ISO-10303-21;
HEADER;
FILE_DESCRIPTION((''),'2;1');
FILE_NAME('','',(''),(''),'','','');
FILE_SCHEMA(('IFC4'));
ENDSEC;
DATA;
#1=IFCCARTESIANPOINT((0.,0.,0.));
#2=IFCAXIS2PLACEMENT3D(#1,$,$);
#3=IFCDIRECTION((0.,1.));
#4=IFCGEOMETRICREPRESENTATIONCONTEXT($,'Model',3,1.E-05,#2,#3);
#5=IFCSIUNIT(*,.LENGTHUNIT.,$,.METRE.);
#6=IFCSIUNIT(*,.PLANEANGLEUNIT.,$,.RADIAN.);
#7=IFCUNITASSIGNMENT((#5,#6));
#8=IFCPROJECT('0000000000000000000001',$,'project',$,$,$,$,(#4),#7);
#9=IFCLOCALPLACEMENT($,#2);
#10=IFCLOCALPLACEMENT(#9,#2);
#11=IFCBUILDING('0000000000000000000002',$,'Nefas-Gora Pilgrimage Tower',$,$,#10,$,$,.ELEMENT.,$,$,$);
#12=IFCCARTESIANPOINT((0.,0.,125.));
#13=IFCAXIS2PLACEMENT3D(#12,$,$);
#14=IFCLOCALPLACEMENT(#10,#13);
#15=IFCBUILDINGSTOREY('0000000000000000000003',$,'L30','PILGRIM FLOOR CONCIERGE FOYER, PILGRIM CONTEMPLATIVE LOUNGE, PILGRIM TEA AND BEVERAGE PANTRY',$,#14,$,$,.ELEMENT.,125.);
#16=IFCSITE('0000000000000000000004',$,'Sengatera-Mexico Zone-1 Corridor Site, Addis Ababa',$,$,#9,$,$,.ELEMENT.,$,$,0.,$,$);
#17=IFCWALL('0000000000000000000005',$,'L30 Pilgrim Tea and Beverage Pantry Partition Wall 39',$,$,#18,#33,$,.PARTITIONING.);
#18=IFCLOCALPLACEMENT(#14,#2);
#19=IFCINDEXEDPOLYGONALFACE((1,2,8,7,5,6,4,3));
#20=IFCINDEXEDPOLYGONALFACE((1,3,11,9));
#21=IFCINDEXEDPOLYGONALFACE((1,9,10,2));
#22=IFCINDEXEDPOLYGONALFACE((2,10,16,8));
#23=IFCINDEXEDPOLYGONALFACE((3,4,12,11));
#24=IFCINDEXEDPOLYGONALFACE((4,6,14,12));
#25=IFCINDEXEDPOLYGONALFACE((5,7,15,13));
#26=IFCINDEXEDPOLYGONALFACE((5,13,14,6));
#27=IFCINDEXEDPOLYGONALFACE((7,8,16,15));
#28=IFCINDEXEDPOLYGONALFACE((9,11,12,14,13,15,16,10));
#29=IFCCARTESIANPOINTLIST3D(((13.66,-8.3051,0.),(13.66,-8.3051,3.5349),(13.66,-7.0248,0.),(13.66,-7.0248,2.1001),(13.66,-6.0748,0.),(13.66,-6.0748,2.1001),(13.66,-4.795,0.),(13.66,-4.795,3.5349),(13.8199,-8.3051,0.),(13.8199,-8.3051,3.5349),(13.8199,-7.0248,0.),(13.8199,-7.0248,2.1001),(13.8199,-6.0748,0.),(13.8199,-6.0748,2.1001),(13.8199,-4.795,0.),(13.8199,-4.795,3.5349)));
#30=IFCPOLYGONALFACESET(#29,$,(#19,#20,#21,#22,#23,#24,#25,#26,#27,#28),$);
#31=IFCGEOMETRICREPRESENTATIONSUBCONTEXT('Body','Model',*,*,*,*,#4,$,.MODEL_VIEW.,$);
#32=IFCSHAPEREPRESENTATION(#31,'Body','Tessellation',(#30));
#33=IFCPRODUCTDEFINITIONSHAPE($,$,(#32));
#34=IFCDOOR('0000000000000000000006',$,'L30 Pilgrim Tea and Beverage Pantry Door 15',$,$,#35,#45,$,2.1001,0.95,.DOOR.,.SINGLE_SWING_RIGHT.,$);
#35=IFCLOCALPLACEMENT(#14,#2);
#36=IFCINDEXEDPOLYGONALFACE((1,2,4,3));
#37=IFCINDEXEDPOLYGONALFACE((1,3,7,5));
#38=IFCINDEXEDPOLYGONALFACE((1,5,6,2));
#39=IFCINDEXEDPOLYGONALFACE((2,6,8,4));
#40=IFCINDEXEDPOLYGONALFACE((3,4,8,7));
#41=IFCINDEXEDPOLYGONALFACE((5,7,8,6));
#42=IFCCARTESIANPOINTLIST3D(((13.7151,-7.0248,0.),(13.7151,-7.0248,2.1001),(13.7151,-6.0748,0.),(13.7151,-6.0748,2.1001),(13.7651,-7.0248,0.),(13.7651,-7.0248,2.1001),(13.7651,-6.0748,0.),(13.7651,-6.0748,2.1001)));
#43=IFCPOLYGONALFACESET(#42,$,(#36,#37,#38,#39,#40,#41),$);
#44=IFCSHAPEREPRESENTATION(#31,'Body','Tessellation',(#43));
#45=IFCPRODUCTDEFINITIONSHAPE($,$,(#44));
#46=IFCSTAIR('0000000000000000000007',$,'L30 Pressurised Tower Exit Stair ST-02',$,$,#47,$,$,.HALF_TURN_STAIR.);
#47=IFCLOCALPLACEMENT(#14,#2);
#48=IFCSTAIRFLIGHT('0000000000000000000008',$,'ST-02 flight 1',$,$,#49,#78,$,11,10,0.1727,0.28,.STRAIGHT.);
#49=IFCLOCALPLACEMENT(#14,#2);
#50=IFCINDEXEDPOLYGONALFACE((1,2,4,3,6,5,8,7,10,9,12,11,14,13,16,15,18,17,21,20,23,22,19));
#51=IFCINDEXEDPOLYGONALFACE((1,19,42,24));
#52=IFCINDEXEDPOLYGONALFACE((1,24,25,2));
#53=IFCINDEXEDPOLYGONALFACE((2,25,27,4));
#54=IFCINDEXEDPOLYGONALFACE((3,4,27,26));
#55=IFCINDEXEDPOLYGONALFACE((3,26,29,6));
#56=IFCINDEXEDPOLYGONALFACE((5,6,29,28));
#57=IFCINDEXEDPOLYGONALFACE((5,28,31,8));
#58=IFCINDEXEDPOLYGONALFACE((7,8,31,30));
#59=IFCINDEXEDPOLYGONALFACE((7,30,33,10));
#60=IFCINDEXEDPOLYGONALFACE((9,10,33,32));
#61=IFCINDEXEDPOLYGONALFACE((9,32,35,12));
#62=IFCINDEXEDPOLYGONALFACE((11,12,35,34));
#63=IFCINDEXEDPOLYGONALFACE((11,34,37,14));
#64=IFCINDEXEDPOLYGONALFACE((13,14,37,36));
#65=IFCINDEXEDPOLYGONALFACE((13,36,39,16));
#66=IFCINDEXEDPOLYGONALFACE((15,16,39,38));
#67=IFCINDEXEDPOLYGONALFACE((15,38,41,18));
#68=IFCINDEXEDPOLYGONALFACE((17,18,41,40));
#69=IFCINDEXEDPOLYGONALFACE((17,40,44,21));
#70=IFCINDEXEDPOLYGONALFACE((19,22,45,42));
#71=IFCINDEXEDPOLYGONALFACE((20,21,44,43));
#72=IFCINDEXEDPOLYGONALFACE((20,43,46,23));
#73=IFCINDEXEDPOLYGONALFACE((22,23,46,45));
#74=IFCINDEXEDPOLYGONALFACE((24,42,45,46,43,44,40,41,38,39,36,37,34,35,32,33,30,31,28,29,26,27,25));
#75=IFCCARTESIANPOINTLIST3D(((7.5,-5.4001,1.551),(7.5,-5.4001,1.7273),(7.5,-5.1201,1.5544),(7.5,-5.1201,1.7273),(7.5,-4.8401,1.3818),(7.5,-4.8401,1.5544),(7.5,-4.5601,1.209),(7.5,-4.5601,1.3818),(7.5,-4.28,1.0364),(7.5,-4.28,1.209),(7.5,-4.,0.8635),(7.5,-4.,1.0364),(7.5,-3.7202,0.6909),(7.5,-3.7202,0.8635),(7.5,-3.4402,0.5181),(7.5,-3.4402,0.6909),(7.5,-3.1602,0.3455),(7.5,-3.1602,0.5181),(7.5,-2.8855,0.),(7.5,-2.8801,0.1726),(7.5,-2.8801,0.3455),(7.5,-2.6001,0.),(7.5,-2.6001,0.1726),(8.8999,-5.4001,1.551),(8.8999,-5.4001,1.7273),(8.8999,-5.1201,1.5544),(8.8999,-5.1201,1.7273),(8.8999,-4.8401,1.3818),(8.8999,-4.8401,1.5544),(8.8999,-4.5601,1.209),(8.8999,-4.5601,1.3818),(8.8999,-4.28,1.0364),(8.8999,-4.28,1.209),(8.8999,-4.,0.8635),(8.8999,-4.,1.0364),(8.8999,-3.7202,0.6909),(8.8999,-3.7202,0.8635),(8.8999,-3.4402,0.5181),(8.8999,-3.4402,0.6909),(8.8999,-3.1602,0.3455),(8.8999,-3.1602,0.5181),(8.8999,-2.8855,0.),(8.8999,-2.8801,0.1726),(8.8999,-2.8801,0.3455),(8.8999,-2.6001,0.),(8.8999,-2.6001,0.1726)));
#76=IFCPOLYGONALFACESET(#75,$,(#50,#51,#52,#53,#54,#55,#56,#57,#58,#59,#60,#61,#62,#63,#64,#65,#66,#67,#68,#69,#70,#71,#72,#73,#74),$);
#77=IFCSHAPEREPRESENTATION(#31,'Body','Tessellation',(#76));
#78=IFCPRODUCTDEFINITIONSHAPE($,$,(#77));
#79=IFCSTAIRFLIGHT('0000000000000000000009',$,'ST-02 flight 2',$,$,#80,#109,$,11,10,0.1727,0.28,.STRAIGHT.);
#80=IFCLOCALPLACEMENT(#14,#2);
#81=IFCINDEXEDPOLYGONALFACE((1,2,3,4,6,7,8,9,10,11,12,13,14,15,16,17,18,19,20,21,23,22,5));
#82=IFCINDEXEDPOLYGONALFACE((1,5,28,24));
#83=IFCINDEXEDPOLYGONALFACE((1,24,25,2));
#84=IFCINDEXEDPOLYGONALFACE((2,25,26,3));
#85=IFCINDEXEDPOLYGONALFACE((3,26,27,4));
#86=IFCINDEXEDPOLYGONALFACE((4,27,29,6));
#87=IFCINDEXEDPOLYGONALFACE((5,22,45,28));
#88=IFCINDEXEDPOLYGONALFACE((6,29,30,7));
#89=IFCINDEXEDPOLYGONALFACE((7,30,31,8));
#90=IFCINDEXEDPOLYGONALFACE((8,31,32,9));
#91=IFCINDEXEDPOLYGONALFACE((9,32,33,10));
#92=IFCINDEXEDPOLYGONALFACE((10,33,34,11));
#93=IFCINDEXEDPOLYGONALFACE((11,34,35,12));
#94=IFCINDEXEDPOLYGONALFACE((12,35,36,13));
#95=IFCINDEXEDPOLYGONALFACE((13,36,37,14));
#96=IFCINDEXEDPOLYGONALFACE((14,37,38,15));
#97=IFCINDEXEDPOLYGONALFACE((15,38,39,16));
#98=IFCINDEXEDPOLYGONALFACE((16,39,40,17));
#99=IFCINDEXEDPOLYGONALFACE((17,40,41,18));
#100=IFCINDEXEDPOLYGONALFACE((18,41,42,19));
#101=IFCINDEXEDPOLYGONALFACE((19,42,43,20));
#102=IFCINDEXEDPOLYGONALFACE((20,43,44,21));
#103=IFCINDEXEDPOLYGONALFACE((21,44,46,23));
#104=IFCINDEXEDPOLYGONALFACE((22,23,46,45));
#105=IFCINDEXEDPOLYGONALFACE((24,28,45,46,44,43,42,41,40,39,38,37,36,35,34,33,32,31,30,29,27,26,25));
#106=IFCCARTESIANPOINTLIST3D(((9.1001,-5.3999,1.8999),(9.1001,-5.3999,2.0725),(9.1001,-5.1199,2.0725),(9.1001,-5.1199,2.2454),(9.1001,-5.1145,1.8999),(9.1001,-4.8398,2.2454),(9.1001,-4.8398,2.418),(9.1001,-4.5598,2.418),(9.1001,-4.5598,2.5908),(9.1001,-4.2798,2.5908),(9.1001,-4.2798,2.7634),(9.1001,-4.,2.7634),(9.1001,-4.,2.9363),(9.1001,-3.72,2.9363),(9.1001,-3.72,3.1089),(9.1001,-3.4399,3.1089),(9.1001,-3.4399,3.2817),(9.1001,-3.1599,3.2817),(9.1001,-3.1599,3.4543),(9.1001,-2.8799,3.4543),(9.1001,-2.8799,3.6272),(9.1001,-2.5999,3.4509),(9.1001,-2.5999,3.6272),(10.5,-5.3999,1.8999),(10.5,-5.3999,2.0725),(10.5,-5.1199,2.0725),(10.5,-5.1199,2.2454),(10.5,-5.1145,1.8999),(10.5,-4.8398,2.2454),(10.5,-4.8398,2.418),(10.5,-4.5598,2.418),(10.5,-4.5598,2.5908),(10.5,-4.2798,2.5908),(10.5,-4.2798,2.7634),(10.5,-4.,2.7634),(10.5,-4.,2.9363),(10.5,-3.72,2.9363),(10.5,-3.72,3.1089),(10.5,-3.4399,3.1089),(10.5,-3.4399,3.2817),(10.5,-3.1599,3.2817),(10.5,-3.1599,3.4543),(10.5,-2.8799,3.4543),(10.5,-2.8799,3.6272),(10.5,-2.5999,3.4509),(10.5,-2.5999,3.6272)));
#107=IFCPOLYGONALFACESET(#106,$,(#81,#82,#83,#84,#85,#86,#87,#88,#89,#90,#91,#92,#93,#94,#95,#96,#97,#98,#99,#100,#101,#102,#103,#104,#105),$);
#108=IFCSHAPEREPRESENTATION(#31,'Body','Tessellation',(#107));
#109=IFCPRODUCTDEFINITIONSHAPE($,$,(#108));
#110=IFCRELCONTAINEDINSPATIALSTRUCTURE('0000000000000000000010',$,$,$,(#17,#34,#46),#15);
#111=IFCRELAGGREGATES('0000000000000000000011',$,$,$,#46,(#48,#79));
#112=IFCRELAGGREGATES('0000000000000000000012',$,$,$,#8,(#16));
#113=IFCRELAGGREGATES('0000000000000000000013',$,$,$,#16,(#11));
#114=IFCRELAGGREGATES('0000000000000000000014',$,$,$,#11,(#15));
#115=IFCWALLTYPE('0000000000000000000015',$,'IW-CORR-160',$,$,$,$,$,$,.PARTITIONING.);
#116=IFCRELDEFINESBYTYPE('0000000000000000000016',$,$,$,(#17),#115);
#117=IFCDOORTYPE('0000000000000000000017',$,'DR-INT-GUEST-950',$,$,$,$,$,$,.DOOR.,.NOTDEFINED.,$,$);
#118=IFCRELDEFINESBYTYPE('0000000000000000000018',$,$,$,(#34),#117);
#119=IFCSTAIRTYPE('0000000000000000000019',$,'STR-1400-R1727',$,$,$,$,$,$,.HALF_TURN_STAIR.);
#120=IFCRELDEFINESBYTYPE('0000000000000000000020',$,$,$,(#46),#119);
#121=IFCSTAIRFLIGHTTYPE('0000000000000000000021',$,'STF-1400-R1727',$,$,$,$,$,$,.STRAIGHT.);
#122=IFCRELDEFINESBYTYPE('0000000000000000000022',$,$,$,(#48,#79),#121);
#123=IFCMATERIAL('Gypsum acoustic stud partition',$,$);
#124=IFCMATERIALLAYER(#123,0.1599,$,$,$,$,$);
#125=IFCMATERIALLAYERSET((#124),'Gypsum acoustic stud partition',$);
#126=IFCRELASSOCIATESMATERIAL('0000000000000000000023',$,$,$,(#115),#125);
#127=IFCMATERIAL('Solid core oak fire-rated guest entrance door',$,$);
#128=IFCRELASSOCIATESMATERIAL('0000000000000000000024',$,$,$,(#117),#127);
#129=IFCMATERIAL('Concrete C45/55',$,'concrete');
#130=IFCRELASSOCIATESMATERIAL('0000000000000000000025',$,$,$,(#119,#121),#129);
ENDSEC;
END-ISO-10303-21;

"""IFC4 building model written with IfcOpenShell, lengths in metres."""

from ifc_helpers import new_model, si_unit, direction, frame, frame_2d, origin, place, context, subcontext, project, spatial, polyline, rectangle, outline, extrude, source, transform, mapped, material, layer, layer_set, type_object, element, fill, aggregate, save


model = new_model("IFC4")

# Units and contexts
model_context = context("Model", 3, precision=1e-05, world=origin(), true_north=direction((0.0, 1.0)))
body_context = subcontext(model_context, "Body", "Model", "MODEL_VIEW")
ifc_project = project(units=[si_unit("LENGTHUNIT", "METRE"), si_unit("PLANEANGLEUNIT", "RADIAN")], contexts=[model_context])

# Site, building, storey
site_placement = place(None, origin())
site = spatial("IfcSite", under=ifc_project, at=site_placement, Name="Sengatera-Mexico Zone-1 Corridor Site, Addis Ababa", CompositionType="ELEMENT", RefElevation=0.0)
building_placement = place(site_placement, origin())
building = spatial("IfcBuilding", under=site, at=building_placement, Name="Nefas-Gora Pilgrimage Tower", CompositionType="ELEMENT")
storey_placement = place(building_placement, frame((0.0, 0.0, 125.0)))
storey = spatial("IfcBuildingStorey", under=building, at=storey_placement, Name="L30", Description="PILGRIM FLOOR CONCIERGE FOYER, PILGRIM CONTEMPLATIVE LOUNGE, PILGRIM TEA AND BEVERAGE PANTRY", CompositionType="ELEMENT", Elevation=125.0)

# Shared definitions
ifc_material_1 = material(Name="Gypsum acoustic stud partition")
ifc_layer_1 = layer(ifc_material_1, 0.1599)
ifc_layer_set_1 = layer_set([ifc_layer_1], Name="Gypsum acoustic stud partition")
wall_type_1 = type_object("IfcWallType", Name="IW-CORR-160", PredefinedType="PARTITIONING", material=ifc_layer_set_1)
ifc_material_2 = material(Name="Solid core oak fire-rated guest entrance door")
door_type_1 = type_object("IfcDoorType", Name="DR-INT-GUEST-950", OperationType="NOTDEFINED", PredefinedType="DOOR", material=ifc_material_2)
shared_shape_1 = source(origin(), body_context, "Body", "SweptSolid", [
    extrude(rectangle(XDim=0.95, YDim=2.1001, at=frame_2d((0.4751, 1.05))), frame((0.0, 0.0249, 0.0), z_axis=(0.0, -1.0, 0.0), x_axis=(1.0, 0.0, 0.0)), (0.0, 0.0, 1.0), 0.05),
])

# Wall, opening, door
shared_shape_2 = source(origin(), body_context, "Body", "SweptSolid", [
    extrude(rectangle(XDim=3.51, YDim=0.1599, at=frame_2d((1.7549, 0.0))), origin(), (0.0, 0.0, 1.0), 3.5349),
])
wall_1_placement = place(storey_placement, frame((13.74, -8.3049, 0.0), z_axis=(0.0, 0.0, 1.0), x_axis=(0.0, 1.0, 0.0)))
wall_1 = element("IfcWall", 1, at=wall_1_placement, inside=storey, type_object=wall_type_1, Name="L30 Pilgrim Tea and Beverage Pantry Partition Wall 39", PredefinedType="PARTITIONING", context=body_context, shape_type="MappedRepresentation", body=[
    mapped(shared_shape_2, transform((0.0, 0.0, 0.0), x_axis=(1.0, 0.0, 0.0), y_axis=(0.0, 1.0, 0.0), z_axis=(0.0, 0.0, 1.0), scale=1.0)),
])
opening_1_placement = place(wall_1_placement, frame((1.28, 0.0, 0.0)))
opening_1 = element("IfcOpeningElement", 2, at=opening_1_placement, cuts=wall_1, PredefinedType="OPENING", context=body_context, shape_type="SweptSolid", body=[
    extrude(rectangle(XDim=0.95, YDim=2.1001, at=frame_2d((0.4751, 1.05))), frame((0.0, 0.0898, 0.0), z_axis=(0.0, -1.0, 0.0), x_axis=(1.0, 0.0, 0.0)), (0.0, 0.0, 1.0), 0.1799),
])
door_1_placement = place(opening_1_placement, origin())
door_1 = element("IfcDoor", 3, at=door_1_placement, inside=storey, type_object=door_type_1, Name="L30 Pilgrim Tea and Beverage Pantry Door 15", OperationType="SINGLE_SWING_RIGHT", OverallHeight=2.1001, OverallWidth=0.95, PredefinedType="DOOR", context=body_context, shape_type="MappedRepresentation", body=[
    mapped(shared_shape_1, transform((0.0, 0.0, 0.0), x_axis=(1.0, 0.0, 0.0), y_axis=(0.0, 1.0, 0.0), z_axis=(0.0, 0.0, 1.0), scale=1.0)),
])
fill(opening_1, door_1)

# Stair, stair flights
ifc_material_3 = material(Name="Concrete C45/55", Category="concrete")
stair_type = type_object("IfcStairType", Name="STR-1400-R1727", PredefinedType="HALF_TURN_STAIR", material=ifc_material_3)
stair_placement = place(storey_placement, origin())
stair = element("IfcStair", 4, at=stair_placement, inside=storey, type_object=stair_type, Name="L30 Pressurised Tower Exit Stair ST-02", PredefinedType="HALF_TURN_STAIR")
stair_flight_type = type_object("IfcStairFlightType", Name="STF-1400-R1727", PredefinedType="STRAIGHT", material=ifc_material_3)
shared_shape_3 = source(origin(), body_context, "Body", "SweptSolid", [
    extrude(outline(polyline([(0.0, 0.0), (0.0, 0.1726), (0.28, 0.1726), (0.28, 0.3455), (0.5601, 0.3455), (0.5601, 0.5181), (0.8401, 0.5181), (0.8401, 0.6909), (1.1201, 0.6909), (1.1201, 0.8635), (1.3999, 0.8635), (1.3999, 1.0364), (1.6799, 1.0364), (1.6799, 1.209), (1.96, 1.209), (1.96, 1.3818), (2.24, 1.3818), (2.24, 1.5544), (2.52, 1.5544), (2.52, 1.7273), (2.8, 1.7273), (2.8, 1.8999), (2.8, 1.551), (0.2854, 0.0), (0.0, 0.0)])), frame((0.0, 0.7, 0.0), z_axis=(0.0, -1.0, 0.0), x_axis=(1.0, 0.0, 0.0)), (0.0, 0.0, 1.0), 1.3999),
])
stair_flight_1_placement = place(storey_placement, frame((8.2, -2.6001, 0.0), z_axis=(0.0, 0.0, 1.0), x_axis=(0.0, -1.0, 0.0)))
stair_flight_1 = element("IfcStairFlight", 5, at=stair_flight_1_placement, type_object=stair_flight_type, Name="ST-02 flight 1", NumberOfRisers=11, NumberOfTreads=10, PredefinedType="STRAIGHT", RiserHeight=0.1727, TreadLength=0.28, context=body_context, shape_type="MappedRepresentation", body=[
    mapped(shared_shape_3, transform((0.0, 0.0, 0.0), x_axis=(1.0, 0.0, 0.0), y_axis=(0.0, 1.0, 0.0), z_axis=(0.0, 0.0, 1.0), scale=1.0)),
])
stair_flight_2_placement = place(storey_placement, frame((9.8, -5.3999, 1.8999), z_axis=(0.0, 0.0, 1.0), x_axis=(0.0, 1.0, 0.0)))
stair_flight_2 = element("IfcStairFlight", 6, at=stair_flight_2_placement, type_object=stair_flight_type, Name="ST-02 flight 2", NumberOfRisers=11, NumberOfTreads=10, PredefinedType="STRAIGHT", RiserHeight=0.1727, TreadLength=0.28, context=body_context, shape_type="MappedRepresentation", body=[
    mapped(shared_shape_3, transform((0.0, 0.0, 0.0), x_axis=(1.0, 0.0, 0.0), y_axis=(0.0, 1.0, 0.0), z_axis=(0.0, 0.0, 1.0), scale=1.0)),
])
aggregate(stair, [stair_flight_1, stair_flight_2])

save(model, "model.ifc")
